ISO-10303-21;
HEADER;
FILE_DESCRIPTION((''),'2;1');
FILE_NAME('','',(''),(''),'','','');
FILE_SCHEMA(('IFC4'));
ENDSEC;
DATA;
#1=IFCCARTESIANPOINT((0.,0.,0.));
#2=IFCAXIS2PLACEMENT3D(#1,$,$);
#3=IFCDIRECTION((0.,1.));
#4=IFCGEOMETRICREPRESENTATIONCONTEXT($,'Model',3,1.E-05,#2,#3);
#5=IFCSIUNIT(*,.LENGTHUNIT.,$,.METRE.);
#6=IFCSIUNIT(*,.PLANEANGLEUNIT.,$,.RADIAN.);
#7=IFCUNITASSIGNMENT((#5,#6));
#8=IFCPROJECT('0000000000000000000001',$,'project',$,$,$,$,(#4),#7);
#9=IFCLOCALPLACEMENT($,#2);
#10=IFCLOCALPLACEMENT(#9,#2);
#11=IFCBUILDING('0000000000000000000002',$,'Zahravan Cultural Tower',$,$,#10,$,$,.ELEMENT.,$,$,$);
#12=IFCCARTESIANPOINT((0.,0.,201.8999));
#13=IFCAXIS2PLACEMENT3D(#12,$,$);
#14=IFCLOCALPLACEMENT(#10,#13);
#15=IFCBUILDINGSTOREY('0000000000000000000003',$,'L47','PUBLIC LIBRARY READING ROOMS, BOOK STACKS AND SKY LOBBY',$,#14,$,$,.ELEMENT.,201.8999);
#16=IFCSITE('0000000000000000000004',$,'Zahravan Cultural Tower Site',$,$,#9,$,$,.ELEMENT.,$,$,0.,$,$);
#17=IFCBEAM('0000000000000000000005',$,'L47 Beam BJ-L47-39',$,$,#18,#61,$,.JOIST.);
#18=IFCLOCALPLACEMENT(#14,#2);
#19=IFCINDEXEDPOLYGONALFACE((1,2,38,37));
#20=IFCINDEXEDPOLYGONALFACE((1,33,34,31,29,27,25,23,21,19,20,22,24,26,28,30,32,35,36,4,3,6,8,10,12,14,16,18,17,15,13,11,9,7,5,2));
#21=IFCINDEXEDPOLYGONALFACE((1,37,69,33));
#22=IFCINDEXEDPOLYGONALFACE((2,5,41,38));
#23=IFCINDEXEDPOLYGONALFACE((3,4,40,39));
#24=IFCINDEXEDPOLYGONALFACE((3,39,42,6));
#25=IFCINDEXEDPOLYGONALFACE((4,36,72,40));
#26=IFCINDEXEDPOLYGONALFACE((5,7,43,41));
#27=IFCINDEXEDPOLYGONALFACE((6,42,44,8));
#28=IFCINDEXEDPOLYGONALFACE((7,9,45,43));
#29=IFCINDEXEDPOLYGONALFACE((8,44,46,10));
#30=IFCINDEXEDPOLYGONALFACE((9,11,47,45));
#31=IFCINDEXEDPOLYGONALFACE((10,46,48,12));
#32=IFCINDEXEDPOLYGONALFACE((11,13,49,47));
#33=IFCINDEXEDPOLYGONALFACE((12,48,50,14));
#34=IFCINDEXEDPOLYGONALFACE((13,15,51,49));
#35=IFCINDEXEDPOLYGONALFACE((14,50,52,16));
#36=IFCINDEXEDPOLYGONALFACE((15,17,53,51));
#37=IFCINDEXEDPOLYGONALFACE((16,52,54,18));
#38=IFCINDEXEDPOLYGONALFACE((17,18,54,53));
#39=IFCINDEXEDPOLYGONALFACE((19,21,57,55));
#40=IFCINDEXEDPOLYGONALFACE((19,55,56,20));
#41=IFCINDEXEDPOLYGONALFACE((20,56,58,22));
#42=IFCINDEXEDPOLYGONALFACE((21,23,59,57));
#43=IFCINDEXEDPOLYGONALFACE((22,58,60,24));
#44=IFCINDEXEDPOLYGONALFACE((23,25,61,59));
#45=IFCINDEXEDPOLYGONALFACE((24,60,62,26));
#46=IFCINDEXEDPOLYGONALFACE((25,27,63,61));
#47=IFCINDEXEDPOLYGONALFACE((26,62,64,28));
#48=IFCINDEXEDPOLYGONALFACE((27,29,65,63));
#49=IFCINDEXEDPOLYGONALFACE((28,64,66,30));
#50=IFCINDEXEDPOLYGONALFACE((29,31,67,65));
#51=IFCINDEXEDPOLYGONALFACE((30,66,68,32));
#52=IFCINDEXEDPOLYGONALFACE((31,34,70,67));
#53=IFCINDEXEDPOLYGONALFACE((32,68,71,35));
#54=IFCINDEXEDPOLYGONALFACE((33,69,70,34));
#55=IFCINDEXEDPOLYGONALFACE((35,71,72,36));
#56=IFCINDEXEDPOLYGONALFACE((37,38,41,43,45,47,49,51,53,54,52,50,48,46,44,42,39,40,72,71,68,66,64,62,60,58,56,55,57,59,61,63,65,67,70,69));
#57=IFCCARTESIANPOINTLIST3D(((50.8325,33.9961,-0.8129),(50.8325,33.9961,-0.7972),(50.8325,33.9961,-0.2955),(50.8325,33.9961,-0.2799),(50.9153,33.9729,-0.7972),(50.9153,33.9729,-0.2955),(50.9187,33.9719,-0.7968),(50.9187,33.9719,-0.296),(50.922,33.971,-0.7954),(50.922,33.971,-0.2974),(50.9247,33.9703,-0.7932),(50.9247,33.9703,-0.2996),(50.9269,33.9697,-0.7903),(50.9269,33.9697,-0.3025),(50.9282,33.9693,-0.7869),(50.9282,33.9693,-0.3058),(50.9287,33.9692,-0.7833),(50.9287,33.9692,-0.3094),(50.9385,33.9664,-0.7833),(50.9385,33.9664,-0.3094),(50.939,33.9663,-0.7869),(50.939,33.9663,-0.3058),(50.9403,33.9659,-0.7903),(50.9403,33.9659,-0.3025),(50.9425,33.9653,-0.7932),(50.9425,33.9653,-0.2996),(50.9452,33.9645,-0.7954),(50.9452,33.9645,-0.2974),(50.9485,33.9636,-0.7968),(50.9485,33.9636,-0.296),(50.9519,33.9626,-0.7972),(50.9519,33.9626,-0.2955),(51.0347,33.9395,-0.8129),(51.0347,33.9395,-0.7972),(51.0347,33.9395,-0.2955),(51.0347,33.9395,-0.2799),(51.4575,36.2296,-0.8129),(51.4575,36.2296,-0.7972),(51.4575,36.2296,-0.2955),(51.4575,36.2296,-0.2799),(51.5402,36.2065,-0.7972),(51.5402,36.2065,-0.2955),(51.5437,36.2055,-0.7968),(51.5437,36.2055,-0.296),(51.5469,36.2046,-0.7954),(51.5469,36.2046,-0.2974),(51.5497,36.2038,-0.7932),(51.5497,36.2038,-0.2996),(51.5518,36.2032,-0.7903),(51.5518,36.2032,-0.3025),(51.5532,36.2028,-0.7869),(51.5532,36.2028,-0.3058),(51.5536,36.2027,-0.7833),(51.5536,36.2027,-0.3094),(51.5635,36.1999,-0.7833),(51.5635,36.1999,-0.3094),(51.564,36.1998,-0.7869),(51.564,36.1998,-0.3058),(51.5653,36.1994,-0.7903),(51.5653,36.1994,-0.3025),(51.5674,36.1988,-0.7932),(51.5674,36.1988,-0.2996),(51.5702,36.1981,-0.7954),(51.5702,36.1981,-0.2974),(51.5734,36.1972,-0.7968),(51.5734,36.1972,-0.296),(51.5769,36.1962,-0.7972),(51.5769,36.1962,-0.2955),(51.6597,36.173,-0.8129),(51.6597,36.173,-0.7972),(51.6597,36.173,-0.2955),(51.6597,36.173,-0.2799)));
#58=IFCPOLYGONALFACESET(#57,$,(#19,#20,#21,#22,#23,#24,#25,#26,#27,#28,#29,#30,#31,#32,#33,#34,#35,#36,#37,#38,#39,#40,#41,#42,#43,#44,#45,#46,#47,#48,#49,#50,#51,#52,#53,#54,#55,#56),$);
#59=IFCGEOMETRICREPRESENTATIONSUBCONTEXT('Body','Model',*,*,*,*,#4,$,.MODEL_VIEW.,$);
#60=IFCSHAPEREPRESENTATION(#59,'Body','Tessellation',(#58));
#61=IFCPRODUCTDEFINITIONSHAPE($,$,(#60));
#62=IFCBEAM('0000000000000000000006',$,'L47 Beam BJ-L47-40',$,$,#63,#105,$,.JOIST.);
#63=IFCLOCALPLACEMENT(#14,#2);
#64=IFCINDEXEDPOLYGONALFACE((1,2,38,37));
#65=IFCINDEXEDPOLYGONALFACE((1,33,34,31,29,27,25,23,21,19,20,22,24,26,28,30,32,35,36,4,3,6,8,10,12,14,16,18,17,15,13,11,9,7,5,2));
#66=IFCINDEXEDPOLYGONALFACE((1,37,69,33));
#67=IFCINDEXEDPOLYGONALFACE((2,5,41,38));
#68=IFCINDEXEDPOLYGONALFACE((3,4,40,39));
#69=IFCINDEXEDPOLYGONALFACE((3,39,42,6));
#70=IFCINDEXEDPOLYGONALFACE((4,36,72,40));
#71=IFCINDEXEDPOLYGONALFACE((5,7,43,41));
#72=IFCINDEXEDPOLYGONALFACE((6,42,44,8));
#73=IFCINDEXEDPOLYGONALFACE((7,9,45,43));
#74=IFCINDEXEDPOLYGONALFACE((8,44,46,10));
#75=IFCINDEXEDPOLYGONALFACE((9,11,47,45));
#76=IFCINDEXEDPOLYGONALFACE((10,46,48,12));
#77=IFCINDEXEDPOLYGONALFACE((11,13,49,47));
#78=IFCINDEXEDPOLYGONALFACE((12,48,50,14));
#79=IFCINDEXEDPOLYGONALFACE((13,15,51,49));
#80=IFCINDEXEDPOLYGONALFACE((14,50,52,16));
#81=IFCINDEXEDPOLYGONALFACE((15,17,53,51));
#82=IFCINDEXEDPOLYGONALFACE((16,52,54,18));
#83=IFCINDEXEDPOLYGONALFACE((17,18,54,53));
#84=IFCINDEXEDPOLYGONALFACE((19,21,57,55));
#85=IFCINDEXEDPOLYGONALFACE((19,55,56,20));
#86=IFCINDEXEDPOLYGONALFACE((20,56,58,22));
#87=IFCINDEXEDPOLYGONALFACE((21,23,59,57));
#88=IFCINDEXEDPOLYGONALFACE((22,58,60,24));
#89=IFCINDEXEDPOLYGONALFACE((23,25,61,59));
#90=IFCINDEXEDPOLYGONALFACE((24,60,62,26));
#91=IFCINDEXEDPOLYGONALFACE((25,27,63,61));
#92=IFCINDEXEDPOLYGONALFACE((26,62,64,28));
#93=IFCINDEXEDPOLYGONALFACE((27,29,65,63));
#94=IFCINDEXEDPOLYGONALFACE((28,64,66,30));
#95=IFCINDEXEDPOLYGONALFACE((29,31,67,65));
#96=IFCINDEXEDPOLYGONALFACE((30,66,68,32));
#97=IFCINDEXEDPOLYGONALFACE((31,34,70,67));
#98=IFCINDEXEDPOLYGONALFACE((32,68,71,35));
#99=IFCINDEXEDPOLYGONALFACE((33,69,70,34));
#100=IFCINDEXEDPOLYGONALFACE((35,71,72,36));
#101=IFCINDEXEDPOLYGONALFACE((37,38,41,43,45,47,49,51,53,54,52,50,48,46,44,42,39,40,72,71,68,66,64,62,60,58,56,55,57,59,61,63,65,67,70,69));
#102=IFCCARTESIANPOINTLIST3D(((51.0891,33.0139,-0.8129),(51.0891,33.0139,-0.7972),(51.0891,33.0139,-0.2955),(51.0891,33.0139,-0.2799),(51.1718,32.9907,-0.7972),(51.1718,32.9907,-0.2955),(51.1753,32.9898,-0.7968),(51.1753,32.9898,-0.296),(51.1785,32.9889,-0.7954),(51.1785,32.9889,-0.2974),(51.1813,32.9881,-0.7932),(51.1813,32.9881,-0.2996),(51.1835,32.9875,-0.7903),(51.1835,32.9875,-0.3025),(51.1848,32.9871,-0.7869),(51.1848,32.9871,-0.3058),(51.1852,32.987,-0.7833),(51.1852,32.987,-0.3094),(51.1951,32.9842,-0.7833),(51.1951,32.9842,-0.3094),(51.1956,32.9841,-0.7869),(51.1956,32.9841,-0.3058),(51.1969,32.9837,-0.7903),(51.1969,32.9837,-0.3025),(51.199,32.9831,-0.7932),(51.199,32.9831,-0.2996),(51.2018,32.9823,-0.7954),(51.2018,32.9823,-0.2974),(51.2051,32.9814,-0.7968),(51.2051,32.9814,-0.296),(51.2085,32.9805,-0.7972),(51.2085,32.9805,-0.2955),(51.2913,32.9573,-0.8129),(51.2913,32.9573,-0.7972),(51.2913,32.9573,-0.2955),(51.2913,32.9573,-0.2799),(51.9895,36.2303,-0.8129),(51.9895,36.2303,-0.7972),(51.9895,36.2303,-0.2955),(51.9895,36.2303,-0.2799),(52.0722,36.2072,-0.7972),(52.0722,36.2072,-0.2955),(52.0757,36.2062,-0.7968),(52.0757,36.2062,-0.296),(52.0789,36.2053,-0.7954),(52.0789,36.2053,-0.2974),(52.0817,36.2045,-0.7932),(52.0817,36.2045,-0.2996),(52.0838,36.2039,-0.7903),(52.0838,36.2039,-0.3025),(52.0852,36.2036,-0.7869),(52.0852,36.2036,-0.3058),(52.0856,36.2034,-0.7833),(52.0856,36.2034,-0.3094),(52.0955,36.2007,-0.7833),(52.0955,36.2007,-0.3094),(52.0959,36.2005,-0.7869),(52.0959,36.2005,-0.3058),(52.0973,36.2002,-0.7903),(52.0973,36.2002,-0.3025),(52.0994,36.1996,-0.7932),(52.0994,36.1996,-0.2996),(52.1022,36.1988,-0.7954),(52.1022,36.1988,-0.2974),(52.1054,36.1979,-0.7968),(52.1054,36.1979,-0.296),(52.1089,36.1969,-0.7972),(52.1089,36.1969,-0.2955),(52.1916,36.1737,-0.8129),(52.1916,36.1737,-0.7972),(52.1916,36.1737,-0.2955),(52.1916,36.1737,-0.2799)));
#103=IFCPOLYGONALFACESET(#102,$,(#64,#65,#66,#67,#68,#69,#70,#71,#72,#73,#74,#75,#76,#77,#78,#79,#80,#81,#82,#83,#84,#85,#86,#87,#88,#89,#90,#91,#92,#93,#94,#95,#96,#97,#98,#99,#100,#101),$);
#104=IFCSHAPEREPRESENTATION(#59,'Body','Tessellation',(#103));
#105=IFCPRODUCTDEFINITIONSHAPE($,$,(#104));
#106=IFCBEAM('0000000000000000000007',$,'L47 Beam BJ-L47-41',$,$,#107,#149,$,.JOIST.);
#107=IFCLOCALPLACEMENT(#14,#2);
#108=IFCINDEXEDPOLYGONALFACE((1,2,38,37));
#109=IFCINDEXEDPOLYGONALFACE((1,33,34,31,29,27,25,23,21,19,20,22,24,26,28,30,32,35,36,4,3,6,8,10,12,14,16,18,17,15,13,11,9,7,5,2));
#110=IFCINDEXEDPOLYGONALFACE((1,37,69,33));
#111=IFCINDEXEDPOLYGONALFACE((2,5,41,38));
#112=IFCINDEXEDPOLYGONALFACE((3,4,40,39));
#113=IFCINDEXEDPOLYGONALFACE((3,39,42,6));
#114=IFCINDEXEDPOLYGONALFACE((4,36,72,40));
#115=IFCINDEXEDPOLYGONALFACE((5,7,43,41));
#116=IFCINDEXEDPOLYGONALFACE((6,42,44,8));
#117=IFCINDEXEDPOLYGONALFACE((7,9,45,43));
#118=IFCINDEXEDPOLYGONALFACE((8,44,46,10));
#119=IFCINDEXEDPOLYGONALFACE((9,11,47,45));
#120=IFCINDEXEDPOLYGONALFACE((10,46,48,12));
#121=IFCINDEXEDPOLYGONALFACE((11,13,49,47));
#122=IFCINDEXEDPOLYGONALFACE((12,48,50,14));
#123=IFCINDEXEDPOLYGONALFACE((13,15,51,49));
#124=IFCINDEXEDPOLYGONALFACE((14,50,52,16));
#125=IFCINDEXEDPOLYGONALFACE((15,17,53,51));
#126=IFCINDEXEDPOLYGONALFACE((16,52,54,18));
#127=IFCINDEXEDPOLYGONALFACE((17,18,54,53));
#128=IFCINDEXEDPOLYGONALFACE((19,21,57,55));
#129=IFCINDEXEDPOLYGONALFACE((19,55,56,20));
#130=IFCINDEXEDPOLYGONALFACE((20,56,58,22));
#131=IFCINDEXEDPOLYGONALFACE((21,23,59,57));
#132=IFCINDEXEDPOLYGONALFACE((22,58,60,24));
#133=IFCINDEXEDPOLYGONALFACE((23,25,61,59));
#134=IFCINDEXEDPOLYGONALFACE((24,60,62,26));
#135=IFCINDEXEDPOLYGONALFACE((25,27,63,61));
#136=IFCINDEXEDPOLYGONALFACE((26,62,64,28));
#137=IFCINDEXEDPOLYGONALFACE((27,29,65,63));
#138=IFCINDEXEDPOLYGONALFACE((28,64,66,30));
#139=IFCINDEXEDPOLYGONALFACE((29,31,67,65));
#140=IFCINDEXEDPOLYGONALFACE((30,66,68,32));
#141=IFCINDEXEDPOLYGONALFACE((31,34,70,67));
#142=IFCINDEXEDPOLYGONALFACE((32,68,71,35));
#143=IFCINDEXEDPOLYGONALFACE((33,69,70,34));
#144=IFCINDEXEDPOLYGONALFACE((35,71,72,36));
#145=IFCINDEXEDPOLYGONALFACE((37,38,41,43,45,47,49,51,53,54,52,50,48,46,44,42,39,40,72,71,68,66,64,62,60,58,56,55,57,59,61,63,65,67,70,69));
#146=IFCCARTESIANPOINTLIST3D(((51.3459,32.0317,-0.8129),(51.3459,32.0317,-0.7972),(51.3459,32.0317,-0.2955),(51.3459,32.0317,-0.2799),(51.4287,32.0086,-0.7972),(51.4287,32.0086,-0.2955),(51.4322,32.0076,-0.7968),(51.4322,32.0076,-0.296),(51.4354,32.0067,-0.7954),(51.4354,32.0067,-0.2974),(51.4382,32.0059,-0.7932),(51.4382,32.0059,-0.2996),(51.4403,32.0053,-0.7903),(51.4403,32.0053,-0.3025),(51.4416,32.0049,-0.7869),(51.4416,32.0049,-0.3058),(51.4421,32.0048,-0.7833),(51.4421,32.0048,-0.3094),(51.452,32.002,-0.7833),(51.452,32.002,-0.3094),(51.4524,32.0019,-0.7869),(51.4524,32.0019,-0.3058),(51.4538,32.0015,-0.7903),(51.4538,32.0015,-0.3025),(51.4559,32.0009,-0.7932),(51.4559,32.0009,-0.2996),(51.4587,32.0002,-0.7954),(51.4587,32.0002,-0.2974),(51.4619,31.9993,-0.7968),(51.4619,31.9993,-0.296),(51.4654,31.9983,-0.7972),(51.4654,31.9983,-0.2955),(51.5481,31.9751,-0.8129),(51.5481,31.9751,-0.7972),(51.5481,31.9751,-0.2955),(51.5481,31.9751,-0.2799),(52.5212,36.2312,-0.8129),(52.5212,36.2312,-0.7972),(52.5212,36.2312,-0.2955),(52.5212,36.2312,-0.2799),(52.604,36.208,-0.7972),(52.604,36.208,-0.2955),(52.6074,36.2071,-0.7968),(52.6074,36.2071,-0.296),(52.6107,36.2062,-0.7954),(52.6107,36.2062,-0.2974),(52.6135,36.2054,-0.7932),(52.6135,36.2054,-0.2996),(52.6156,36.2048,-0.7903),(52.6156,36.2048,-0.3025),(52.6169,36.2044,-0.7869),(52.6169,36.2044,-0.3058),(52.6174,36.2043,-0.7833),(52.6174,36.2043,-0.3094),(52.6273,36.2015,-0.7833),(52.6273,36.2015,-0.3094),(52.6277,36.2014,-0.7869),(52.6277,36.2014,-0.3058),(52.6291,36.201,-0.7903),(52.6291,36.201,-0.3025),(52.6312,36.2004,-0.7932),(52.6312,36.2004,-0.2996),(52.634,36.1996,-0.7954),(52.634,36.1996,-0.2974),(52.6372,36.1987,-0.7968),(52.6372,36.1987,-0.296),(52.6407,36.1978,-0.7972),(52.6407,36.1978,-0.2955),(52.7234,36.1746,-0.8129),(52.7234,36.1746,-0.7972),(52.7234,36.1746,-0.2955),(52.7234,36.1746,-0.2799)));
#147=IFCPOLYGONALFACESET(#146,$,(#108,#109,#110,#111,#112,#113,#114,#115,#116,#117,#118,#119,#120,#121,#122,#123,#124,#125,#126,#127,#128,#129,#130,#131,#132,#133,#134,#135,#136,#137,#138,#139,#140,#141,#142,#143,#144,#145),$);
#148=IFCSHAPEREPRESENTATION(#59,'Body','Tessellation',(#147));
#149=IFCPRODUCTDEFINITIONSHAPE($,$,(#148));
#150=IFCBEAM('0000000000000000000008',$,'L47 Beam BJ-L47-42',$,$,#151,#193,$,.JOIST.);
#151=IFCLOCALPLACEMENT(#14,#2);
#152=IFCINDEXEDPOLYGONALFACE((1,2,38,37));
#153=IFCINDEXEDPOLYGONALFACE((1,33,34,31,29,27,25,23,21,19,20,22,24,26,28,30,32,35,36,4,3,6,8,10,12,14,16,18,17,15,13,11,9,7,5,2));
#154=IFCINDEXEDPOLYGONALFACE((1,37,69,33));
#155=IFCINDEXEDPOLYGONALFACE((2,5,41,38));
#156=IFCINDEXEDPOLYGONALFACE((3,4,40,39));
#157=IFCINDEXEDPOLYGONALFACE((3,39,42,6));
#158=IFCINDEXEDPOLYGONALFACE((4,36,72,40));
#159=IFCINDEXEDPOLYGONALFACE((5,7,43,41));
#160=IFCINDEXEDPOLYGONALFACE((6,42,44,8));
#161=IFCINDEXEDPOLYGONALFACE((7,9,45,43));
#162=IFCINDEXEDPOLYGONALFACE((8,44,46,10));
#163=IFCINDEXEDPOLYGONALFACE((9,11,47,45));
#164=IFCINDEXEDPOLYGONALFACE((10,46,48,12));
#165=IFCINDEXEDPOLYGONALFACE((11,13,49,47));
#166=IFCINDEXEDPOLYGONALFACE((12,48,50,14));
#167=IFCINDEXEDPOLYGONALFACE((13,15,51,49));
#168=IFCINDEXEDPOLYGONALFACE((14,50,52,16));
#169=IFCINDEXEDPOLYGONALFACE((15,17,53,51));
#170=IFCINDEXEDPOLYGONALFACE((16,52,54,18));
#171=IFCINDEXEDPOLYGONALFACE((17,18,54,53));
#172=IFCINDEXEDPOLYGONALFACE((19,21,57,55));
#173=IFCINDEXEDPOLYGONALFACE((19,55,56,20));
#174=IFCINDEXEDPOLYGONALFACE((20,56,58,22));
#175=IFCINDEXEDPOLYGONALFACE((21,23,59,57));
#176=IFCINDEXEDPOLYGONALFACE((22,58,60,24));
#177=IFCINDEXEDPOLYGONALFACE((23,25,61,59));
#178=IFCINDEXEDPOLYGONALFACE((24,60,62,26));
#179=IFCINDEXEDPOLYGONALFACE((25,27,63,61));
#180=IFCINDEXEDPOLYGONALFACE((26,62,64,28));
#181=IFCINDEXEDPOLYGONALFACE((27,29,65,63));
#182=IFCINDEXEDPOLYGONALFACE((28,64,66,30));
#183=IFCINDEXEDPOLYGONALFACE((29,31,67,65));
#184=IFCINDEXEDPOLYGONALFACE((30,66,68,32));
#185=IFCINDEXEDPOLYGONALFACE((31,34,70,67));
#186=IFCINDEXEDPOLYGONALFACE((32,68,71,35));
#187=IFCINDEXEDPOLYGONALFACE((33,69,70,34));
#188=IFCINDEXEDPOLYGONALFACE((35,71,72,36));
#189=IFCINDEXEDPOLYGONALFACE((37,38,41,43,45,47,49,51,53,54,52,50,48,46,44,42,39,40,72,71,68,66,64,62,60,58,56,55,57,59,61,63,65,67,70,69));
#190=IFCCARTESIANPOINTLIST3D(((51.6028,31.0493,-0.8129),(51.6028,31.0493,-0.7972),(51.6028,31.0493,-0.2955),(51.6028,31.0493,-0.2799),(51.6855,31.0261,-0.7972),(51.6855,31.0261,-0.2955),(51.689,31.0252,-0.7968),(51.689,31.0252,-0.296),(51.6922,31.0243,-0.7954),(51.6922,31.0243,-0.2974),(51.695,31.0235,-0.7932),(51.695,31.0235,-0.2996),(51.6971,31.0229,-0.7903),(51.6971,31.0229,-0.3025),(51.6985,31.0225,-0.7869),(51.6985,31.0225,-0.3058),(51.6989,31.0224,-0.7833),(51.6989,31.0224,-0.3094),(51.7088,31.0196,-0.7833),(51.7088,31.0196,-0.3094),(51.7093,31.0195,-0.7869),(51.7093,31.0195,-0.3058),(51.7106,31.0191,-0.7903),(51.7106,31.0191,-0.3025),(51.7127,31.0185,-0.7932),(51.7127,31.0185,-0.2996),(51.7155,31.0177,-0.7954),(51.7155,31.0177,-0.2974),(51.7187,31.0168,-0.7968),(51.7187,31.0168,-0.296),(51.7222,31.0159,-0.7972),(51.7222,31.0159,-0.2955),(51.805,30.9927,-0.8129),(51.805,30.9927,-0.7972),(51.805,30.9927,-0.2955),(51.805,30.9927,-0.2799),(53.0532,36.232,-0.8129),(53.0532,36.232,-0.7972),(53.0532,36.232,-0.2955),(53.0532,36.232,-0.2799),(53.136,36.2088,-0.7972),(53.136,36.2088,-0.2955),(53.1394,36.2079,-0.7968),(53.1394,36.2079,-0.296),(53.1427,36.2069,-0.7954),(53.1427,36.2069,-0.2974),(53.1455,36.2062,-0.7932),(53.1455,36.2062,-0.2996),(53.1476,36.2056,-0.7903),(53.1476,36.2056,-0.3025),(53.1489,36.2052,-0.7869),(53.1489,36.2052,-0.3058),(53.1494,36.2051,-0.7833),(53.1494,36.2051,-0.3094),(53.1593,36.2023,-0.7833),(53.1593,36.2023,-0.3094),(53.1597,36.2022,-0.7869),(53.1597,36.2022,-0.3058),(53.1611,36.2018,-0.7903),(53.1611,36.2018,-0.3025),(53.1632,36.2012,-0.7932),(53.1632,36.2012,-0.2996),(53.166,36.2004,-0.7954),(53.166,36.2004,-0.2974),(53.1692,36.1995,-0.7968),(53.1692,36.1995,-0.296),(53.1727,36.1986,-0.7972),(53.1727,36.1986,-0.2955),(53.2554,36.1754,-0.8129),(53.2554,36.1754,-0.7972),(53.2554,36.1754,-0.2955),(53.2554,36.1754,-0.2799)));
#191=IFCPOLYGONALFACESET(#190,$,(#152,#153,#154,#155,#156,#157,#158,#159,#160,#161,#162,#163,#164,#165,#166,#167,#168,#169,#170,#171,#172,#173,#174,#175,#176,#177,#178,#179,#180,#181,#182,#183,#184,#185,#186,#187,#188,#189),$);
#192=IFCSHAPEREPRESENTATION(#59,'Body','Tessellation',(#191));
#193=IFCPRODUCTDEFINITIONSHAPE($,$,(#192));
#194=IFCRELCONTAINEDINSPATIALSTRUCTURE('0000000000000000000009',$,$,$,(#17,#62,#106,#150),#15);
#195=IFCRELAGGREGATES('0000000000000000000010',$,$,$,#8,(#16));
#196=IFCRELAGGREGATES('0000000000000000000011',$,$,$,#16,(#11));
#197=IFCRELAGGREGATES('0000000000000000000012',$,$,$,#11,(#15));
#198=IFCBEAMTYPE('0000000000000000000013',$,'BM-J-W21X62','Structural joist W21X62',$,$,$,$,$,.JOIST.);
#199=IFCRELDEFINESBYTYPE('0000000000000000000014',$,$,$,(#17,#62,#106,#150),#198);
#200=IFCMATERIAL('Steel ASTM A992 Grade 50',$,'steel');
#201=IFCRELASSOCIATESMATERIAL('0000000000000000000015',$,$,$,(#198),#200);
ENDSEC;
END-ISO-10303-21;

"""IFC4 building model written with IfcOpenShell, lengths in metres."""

from ifc_helpers import new_model, si_unit, direction, frame, origin, origin_2d, place, context, subcontext, project, spatial, i_section, extrude, source, transform, mapped, material, material_profile, profile_set, type_object, element, save


model = new_model("IFC4")

# Units and contexts
model_context = context("Model", 3, precision=1e-05, world=origin(), true_north=direction((0.0, 1.0)))
body_context = subcontext(model_context, "Body", "Model", "MODEL_VIEW")
ifc_project = project(units=[si_unit("LENGTHUNIT", "METRE"), si_unit("PLANEANGLEUNIT", "RADIAN")], contexts=[model_context])

# Site, building, storey
site_placement = place(None, origin())
site = spatial("IfcSite", under=ifc_project, at=site_placement, Name="Zahravan Cultural Tower Site", CompositionType="ELEMENT", RefElevation=0.0)
building_placement = place(site_placement, origin())
building = spatial("IfcBuilding", under=site, at=building_placement, Name="Zahravan Cultural Tower", CompositionType="ELEMENT")
storey_placement = place(building_placement, frame((0.0, 0.0, 201.8999)))
storey = spatial("IfcBuildingStorey", under=building, at=storey_placement, Name="L47", Description="PUBLIC LIBRARY READING ROOMS, BOOK STACKS AND SKY LOBBY", CompositionType="ELEMENT", Elevation=201.8999)

# Beams
ifc_material_1 = material(Name="Steel ASTM A992 Grade 50", Category="steel")
ifc_material_profile_1 = material_profile(ifc_material_1, i_section(OverallWidth=0.21, OverallDepth=0.533, WebThickness=0.0103, FlangeThickness=0.0156, FilletRadius=0.0139, at=origin_2d()), Name="W21X62")
ifc_profile_set_1 = profile_set([ifc_material_profile_1], Name="Steel ASTM A992 Grade 50")
beam_type_1 = type_object("IfcBeamType", Name="BM-J-W21X62", Description="Structural joist W21X62", PredefinedType="JOIST", material=ifc_profile_set_1)
shared_shape_1 = source(origin(), body_context, "Body", "SweptSolid", [
    extrude(i_section(OverallWidth=0.21, OverallDepth=0.533, WebThickness=0.0103, FlangeThickness=0.0156, FilletRadius=0.0139, at=origin_2d()), origin(), (0.0, 0.0, 1.0), 2.3193),
])
beam_1_placement = place(storey_placement, frame((50.9336, 33.9678, -0.5464), z_axis=(0.269462, 0.963011, 0.0), x_axis=(-0.963011, 0.269462, 0.0)))
element("IfcBeam", 1, at=beam_1_placement, inside=storey, type_object=beam_type_1, Name="L47 Beam BJ-L47-39", PredefinedType="JOIST", context=body_context, shape_type="MappedRepresentation", body=[
    mapped(shared_shape_1, transform((0.0, 0.0, 0.0), x_axis=(1.0, 0.0, 0.0), y_axis=(0.0, 1.0, 0.0), z_axis=(0.0, 0.0, 1.0), scale=1.0)),
])
shared_shape_2 = source(origin(), body_context, "Body", "SweptSolid", [
    extrude(i_section(OverallWidth=0.21, OverallDepth=0.533, WebThickness=0.0103, FlangeThickness=0.0156, FilletRadius=0.0139, at=origin_2d()), origin(), (0.0, 0.0, 1.0), 3.3401),
])
beam_2_placement = place(storey_placement, frame((51.1902, 32.9856, -0.5464), z_axis=(0.269562, 0.962983, 0.0), x_axis=(-0.962983, 0.269562, 0.0)))
element("IfcBeam", 2, at=beam_2_placement, inside=storey, type_object=beam_type_1, Name="L47 Beam BJ-L47-40", PredefinedType="JOIST", context=body_context, shape_type="MappedRepresentation", body=[
    mapped(shared_shape_2, transform((0.0, 0.0, 0.0), x_axis=(1.0, 0.0, 0.0), y_axis=(0.0, 1.0, 0.0), z_axis=(0.0, 0.0, 1.0), scale=1.0)),
])
shared_shape_3 = source(origin(), body_context, "Body", "SweptSolid", [
    extrude(i_section(OverallWidth=0.21, OverallDepth=0.533, WebThickness=0.0103, FlangeThickness=0.0156, FilletRadius=0.0139, at=origin_2d()), origin(), (0.0, 0.0, 1.0), 4.3608),
])
beam_3_placement = place(storey_placement, frame((51.447, 32.0034, -0.5464), z_axis=(0.269512, 0.962997, 0.0), x_axis=(-0.962997, 0.269512, 0.0)))
element("IfcBeam", 3, at=beam_3_placement, inside=storey, type_object=beam_type_1, Name="L47 Beam BJ-L47-41", PredefinedType="JOIST", context=body_context, shape_type="MappedRepresentation", body=[
    mapped(shared_shape_3, transform((0.0, 0.0, 0.0), x_axis=(1.0, 0.0, 0.0), y_axis=(0.0, 1.0, 0.0), z_axis=(0.0, 0.0, 1.0), scale=1.0)),
])
shared_shape_4 = source(origin(), body_context, "Body", "SweptSolid", [
    extrude(i_section(OverallWidth=0.21, OverallDepth=0.533, WebThickness=0.0103, FlangeThickness=0.0156, FilletRadius=0.0139, at=origin_2d()), origin(), (0.0, 0.0, 1.0), 5.3818),
])
beam_4_placement = place(storey_placement, frame((51.7039, 31.021, -0.5464), z_axis=(0.26951, 0.962997, 0.0), x_axis=(-0.962997, 0.26951, 0.0)))
element("IfcBeam", 4, at=beam_4_placement, inside=storey, type_object=beam_type_1, Name="L47 Beam BJ-L47-42", PredefinedType="JOIST", context=body_context, shape_type="MappedRepresentation", body=[
    mapped(shared_shape_4, transform((0.0, 0.0, 0.0), x_axis=(1.0, 0.0, 0.0), y_axis=(0.0, 1.0, 0.0), z_axis=(0.0, 0.0, 1.0), scale=1.0)),
])

save(model, "model.ifc")
